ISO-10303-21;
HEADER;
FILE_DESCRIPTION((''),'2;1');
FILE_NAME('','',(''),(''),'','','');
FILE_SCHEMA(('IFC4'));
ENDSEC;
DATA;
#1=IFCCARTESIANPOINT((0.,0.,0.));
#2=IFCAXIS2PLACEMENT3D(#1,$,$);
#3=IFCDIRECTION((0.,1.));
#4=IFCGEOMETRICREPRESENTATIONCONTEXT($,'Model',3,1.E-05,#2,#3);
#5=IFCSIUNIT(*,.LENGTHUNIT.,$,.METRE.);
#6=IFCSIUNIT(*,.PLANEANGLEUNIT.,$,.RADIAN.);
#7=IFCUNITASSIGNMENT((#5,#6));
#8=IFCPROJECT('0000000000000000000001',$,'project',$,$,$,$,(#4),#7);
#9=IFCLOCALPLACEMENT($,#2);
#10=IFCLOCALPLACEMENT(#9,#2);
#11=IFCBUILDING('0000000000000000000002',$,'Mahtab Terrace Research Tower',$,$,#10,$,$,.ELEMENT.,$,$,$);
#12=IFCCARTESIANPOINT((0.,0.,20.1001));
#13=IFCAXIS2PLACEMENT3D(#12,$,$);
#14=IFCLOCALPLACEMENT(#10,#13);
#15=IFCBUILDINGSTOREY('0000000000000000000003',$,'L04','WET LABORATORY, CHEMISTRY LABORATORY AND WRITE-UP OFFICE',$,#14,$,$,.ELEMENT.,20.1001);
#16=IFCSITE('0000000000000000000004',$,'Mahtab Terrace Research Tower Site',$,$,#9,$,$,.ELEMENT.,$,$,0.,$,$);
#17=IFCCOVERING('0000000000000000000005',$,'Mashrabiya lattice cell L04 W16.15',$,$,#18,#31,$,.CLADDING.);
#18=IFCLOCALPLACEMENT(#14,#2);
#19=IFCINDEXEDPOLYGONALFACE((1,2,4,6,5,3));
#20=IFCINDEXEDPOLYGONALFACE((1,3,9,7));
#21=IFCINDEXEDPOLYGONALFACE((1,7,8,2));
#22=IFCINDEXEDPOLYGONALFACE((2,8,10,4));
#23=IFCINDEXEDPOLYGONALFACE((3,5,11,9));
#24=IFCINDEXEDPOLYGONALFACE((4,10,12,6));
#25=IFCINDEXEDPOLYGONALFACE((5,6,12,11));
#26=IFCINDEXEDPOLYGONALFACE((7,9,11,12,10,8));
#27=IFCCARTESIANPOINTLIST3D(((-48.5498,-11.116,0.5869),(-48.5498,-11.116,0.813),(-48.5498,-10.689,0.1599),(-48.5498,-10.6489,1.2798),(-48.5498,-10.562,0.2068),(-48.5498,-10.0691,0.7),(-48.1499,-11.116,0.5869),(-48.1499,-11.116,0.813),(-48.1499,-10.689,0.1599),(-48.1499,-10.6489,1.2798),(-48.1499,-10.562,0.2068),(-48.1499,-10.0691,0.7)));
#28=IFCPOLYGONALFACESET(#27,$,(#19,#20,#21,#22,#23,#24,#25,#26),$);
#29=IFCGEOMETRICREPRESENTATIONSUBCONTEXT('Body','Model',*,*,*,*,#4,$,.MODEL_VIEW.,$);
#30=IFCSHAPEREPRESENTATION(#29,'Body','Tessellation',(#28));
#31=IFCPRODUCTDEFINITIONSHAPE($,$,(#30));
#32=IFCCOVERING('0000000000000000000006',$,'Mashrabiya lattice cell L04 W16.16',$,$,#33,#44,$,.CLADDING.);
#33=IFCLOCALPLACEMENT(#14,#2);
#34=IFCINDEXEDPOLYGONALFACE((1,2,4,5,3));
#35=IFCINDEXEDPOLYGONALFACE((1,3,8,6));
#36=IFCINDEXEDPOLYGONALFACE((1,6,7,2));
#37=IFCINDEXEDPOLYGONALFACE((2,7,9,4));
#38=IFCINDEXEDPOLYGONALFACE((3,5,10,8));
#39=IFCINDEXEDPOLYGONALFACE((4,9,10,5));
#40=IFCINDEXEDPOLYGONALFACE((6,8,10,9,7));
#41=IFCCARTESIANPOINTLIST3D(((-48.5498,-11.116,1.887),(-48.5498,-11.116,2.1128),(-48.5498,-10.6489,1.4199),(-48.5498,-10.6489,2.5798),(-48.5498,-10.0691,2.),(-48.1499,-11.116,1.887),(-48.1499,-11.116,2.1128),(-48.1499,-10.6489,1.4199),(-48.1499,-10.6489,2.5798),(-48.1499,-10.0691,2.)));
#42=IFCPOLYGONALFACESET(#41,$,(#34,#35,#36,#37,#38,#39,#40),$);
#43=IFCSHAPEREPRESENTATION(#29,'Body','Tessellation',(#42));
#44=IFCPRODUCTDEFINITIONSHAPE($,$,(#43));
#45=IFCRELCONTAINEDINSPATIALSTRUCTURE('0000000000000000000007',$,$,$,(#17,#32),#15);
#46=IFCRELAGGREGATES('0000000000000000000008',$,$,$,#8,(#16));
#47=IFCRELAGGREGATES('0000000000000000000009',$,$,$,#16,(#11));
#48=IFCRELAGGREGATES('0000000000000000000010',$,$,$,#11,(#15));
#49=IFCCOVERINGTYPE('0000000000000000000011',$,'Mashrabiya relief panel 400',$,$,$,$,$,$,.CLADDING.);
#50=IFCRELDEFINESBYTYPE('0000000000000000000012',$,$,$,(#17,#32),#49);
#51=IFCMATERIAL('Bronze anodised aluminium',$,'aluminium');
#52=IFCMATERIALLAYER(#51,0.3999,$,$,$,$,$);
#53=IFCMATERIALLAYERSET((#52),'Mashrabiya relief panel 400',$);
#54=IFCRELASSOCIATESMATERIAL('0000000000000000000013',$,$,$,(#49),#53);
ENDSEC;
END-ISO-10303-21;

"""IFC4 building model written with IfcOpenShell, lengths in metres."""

from ifc_helpers import new_model, si_unit, direction, frame, origin, place, context, subcontext, project, spatial, polyline, outline, extrude, material, layer, layer_set, type_object, element, save


model = new_model("IFC4")

# Units and contexts
model_context = context("Model", 3, precision=1e-05, world=origin(), true_north=direction((0.0, 1.0)))
body_context = subcontext(model_context, "Body", "Model", "MODEL_VIEW")
ifc_project = project(units=[si_unit("LENGTHUNIT", "METRE"), si_unit("PLANEANGLEUNIT", "RADIAN")], contexts=[model_context])

# Site, building, storey
site_placement = place(None, origin())
site = spatial("IfcSite", under=ifc_project, at=site_placement, Name="Mahtab Terrace Research Tower Site", CompositionType="ELEMENT", RefElevation=0.0)
building_placement = place(site_placement, origin())
building = spatial("IfcBuilding", under=site, at=building_placement, Name="Mahtab Terrace Research Tower", CompositionType="ELEMENT")
storey_placement = place(building_placement, frame((0.0, 0.0, 20.1001)))
storey = spatial("IfcBuildingStorey", under=building, at=storey_placement, Name="L04", Description="WET LABORATORY, CHEMISTRY LABORATORY AND WRITE-UP OFFICE", CompositionType="ELEMENT", Elevation=20.1001)

# Coverings
ifc_material = material(Name="Bronze anodised aluminium", Category="aluminium")
ifc_layer = layer(ifc_material, 0.3999)
ifc_layer_set = layer_set([ifc_layer], Name="Mashrabiya relief panel 400")
covering_type = type_object("IfcCoveringType", Name="Mashrabiya relief panel 400", PredefinedType="CLADDING", material=ifc_layer_set)
covering_1_placement = place(storey_placement, frame((-48.1499, -10.0691, 0.7), z_axis=(1.0, 0.0, 0.0), x_axis=(0.0, -0.707107, 0.707107)))
element("IfcCovering", 1, at=covering_1_placement, inside=storey, type_object=covering_type, Name="Mashrabiya lattice cell L04 W16.15", PredefinedType="CLADDING", context=body_context, shape_type="SweptSolid", body=[
    extrude(outline(polyline([(0.0, 0.0), (0.82, 0.0), (0.8202, 0.6603), (0.6603, 0.8202), (0.0565, 0.8202), (-0.0002, 0.6973), (0.0, 0.0)])), origin(), (0.0, 0.0, -1.0), 0.3999),
])
covering_2_placement = place(storey_placement, frame((-48.1499, -10.6489, 1.4199), z_axis=(1.0, 0.0, 0.0), x_axis=(0.0, 0.706958, 0.707256)))
element("IfcCovering", 2, at=covering_2_placement, inside=storey, type_object=covering_type, Name="Mashrabiya lattice cell L04 W16.16", PredefinedType="CLADDING", context=body_context, shape_type="SweptSolid", body=[
    extrude(outline(polyline([(0.0, 0.0), (0.8202, 0.0), (0.8204, 0.82), (0.1599, 0.8201), (0.0001, 0.6605), (0.0, 0.0)])), origin(), (0.0, 0.0, -1.0), 0.3999),
])

save(model, "model.ifc")
